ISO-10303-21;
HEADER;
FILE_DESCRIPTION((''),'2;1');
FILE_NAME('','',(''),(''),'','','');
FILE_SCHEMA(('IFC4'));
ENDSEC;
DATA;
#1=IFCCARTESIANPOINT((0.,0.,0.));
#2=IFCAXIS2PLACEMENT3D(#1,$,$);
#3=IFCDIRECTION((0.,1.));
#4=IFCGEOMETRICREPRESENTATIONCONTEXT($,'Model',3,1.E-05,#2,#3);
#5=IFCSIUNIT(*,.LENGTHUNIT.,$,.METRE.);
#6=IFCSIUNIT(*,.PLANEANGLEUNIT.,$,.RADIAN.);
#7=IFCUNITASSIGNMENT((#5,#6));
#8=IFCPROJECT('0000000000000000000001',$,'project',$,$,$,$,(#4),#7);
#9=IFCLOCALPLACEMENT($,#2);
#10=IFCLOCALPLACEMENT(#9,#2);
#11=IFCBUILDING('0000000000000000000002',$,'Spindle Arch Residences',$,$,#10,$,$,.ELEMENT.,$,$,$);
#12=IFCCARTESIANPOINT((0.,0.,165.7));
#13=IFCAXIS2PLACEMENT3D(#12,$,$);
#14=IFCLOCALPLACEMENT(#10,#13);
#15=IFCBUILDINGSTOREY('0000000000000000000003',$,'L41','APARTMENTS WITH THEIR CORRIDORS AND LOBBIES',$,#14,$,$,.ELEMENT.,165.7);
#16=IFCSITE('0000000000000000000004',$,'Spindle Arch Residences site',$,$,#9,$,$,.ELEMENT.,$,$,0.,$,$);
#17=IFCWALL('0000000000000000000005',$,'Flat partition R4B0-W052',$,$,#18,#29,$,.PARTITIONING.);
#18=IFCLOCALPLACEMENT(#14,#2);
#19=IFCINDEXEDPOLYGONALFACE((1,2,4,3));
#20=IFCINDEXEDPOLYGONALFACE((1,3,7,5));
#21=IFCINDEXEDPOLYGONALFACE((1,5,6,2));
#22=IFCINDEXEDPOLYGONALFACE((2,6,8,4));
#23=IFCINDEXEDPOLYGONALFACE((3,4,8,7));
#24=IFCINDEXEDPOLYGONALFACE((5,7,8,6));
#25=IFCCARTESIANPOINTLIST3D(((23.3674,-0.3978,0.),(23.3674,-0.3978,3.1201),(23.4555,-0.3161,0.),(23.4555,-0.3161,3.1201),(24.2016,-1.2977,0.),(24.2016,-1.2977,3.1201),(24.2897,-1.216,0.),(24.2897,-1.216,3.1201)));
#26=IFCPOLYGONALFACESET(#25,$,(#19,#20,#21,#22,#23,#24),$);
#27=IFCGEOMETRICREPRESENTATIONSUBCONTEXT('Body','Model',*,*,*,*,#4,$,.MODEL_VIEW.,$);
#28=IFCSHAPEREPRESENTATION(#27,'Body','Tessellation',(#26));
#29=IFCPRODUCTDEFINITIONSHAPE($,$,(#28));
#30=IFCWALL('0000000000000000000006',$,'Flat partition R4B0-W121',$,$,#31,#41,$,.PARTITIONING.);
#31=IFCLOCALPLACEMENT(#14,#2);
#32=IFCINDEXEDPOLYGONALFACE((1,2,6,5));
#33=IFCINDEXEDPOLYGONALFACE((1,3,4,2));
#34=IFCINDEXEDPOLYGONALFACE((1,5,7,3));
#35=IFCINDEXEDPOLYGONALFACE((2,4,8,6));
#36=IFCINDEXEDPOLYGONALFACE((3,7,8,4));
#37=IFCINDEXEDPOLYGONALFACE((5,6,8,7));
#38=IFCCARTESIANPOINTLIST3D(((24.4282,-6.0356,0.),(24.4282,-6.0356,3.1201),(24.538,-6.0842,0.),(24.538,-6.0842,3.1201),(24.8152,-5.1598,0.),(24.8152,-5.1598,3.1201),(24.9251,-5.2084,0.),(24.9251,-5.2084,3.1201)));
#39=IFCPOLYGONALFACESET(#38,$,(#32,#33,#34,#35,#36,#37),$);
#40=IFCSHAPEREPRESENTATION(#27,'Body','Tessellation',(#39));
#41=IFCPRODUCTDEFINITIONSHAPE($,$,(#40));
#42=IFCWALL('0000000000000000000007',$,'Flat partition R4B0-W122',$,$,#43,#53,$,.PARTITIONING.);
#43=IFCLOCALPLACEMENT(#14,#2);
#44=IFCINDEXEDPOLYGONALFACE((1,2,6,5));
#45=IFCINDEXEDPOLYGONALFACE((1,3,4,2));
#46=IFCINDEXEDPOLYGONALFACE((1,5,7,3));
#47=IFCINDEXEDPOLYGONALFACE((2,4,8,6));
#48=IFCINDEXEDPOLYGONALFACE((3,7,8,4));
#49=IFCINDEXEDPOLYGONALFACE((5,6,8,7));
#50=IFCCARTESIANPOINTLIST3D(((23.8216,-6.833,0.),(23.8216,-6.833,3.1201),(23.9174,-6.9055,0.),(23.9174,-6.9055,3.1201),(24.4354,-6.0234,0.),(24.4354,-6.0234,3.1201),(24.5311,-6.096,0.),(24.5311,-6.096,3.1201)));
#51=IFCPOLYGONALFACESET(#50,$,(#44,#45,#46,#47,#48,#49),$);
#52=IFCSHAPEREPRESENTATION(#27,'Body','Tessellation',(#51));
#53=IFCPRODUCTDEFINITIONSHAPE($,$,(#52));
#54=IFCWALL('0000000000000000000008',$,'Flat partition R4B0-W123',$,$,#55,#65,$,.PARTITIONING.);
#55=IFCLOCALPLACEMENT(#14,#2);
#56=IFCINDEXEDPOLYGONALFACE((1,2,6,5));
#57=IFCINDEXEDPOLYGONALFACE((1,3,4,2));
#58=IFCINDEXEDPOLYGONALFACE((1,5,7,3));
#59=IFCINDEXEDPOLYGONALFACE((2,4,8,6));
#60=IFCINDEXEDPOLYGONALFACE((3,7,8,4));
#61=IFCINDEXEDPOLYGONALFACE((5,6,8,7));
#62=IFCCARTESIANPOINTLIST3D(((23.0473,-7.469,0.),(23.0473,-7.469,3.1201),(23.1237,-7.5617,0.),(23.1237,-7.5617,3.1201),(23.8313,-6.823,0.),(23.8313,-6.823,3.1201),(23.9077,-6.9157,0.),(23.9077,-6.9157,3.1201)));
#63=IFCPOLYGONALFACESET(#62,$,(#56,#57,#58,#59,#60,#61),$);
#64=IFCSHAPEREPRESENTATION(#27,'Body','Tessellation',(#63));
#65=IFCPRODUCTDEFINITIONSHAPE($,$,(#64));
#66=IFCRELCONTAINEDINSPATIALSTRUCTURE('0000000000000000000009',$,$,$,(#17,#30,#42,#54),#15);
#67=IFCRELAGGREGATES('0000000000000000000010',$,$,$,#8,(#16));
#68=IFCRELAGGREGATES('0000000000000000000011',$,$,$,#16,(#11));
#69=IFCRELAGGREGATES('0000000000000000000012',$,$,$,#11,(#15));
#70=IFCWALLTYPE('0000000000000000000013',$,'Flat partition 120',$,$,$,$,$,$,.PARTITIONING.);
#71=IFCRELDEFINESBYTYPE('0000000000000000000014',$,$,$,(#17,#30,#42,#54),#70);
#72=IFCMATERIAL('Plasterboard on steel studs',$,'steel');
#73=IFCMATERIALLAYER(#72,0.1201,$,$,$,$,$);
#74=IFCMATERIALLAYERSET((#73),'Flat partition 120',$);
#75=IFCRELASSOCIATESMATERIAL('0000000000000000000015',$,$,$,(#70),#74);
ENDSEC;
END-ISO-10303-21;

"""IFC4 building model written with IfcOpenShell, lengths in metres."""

from ifc_helpers import new_model, si_unit, direction, frame, frame_2d, origin, place, context, subcontext, project, spatial, rectangle, extrude, material, layer, layer_set, type_object, element, save


model = new_model("IFC4")

# Units and contexts
model_context = context("Model", 3, precision=1e-05, world=origin(), true_north=direction((0.0, 1.0)))
body_context = subcontext(model_context, "Body", "Model", "MODEL_VIEW")
ifc_project = project(units=[si_unit("LENGTHUNIT", "METRE"), si_unit("PLANEANGLEUNIT", "RADIAN")], contexts=[model_context])

# Site, building, storey
site_placement = place(None, origin())
site = spatial("IfcSite", under=ifc_project, at=site_placement, Name="Spindle Arch Residences site", CompositionType="ELEMENT", RefElevation=0.0)
building_placement = place(site_placement, origin())
building = spatial("IfcBuilding", under=site, at=building_placement, Name="Spindle Arch Residences", CompositionType="ELEMENT")
storey_placement = place(building_placement, frame((0.0, 0.0, 165.7)))
storey = spatial("IfcBuildingStorey", under=building, at=storey_placement, Name="L41", Description="APARTMENTS WITH THEIR CORRIDORS AND LOBBIES", CompositionType="ELEMENT", Elevation=165.7)

# Walls
ifc_material_1 = material(Name="Plasterboard on steel studs", Category="steel")
ifc_layer_1 = layer(ifc_material_1, 0.1201)
ifc_layer_set_1 = layer_set([ifc_layer_1], Name="Flat partition 120")
wall_type = type_object("IfcWallType", Name="Flat partition 120", PredefinedType="PARTITIONING", material=ifc_layer_set_1)
wall_1_placement = place(storey_placement, frame((24.2456, -1.2568, 0.0), z_axis=(0.0, 0.0, 1.0), x_axis=(-0.67984, 0.73336, 0.0)))
element("IfcWall", 1, at=wall_1_placement, inside=storey, type_object=wall_type, Name="Flat partition R4B0-W052", PredefinedType="PARTITIONING", context=body_context, shape_type="SweptSolid", body=[
    extrude(rectangle(XDim=1.2271, YDim=0.1201, at=frame_2d((0.6135, 0.0))), origin(), (0.0, 0.0, 1.0), 3.1201),
])
wall_2_placement = place(storey_placement, frame((24.8701, -5.1841, 0.0), z_axis=(0.0, 0.0, 1.0), x_axis=(-0.404174, -0.914682, 0.0)))
element("IfcWall", 2, at=wall_2_placement, inside=storey, type_object=wall_type, Name="Flat partition R4B0-W121", PredefinedType="PARTITIONING", context=body_context, shape_type="SweptSolid", body=[
    extrude(rectangle(XDim=0.9575, YDim=0.1201, at=frame_2d((0.4788, 0.0))), origin(), (0.0, 0.0, 1.0), 3.1201),
])
for number, where, z_axis, x_axis, name in (
    (3, (24.4832, -6.0598, 0.0), (0.0, 0.0, 1.0), (-0.604145, -0.796875, 0.0), "Flat partition R4B0-W122"),
    (4, (23.8694, -6.8694, 0.0), (0.0, 0.0, 1.0), (-0.771736, -0.635943, 0.0), "Flat partition R4B0-W123"),
):
    element("IfcWall", number, at=place(storey_placement, frame(where, z_axis=z_axis, x_axis=x_axis)), inside=storey, type_object=wall_type, Name=name, PredefinedType="PARTITIONING", context=body_context, shape_type="SweptSolid", body=[
        extrude(rectangle(XDim=1.0159, YDim=0.1201, at=frame_2d((0.5078, 0.0))), origin(), (0.0, 0.0, 1.0), 3.1201),
    ])

save(model, "model.ifc")
